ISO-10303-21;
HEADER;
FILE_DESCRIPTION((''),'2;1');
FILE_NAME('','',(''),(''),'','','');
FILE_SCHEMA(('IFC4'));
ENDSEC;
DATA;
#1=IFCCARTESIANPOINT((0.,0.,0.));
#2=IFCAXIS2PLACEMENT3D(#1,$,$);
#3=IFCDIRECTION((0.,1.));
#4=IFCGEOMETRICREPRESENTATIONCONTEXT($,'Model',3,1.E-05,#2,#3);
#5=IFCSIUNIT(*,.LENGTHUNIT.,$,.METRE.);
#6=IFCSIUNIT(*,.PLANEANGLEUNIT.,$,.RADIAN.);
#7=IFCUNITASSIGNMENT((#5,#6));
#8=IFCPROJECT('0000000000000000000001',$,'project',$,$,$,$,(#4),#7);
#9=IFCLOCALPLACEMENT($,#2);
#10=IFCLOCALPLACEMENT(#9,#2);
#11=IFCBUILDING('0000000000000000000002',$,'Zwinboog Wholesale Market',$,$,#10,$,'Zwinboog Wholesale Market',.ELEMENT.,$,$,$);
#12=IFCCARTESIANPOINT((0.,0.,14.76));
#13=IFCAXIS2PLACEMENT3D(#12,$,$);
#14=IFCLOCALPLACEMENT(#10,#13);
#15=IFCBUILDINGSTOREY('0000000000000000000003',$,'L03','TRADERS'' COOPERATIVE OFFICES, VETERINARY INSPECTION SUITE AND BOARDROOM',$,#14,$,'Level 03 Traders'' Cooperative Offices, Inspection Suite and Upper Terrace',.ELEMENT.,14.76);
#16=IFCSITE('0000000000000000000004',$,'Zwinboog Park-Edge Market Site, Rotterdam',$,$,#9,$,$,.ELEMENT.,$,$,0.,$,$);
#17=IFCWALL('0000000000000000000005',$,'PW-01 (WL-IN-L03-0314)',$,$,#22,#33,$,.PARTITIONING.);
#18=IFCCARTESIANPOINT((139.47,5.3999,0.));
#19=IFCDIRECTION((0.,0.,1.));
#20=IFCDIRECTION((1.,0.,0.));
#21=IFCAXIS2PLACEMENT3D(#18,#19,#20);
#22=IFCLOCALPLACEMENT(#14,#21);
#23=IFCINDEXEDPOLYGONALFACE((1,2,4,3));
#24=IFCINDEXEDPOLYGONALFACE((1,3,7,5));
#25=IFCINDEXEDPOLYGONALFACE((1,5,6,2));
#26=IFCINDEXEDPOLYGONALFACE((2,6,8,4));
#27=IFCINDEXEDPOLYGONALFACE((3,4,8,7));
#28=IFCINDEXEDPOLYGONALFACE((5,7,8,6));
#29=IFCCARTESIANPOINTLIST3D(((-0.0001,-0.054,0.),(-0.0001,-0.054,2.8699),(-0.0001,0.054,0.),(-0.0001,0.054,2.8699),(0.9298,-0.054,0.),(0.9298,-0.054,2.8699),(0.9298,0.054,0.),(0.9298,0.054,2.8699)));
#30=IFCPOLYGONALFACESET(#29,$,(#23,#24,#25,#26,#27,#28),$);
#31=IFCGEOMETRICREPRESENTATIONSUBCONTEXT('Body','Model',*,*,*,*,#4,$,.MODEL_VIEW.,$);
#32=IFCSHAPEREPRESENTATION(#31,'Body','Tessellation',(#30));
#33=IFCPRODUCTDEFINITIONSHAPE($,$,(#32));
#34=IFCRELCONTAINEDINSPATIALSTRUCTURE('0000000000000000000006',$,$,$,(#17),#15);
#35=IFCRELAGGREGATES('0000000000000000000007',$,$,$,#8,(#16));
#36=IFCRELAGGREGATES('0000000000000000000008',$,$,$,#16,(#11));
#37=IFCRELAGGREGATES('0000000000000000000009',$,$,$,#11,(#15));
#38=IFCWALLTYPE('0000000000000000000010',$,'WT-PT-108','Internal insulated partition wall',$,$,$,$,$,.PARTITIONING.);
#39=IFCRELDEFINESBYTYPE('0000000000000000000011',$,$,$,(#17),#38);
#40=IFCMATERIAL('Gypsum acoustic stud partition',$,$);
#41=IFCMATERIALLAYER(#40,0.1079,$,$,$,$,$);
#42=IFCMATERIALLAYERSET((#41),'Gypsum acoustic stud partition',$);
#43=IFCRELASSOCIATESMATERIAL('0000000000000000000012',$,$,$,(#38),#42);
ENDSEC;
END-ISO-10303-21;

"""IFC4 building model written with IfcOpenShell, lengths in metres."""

from ifc_helpers import new_model, si_unit, direction, frame, frame_2d, origin, place, context, subcontext, project, spatial, rectangle, extrude, material, layer, layer_set, type_object, element, save


model = new_model("IFC4")

# Units and contexts
model_context = context("Model", 3, precision=1e-05, world=origin(), true_north=direction((0.0, 1.0)))
body_context = subcontext(model_context, "Body", "Model", "MODEL_VIEW")
ifc_project = project(units=[si_unit("LENGTHUNIT", "METRE"), si_unit("PLANEANGLEUNIT", "RADIAN")], contexts=[model_context])

# Site, building, storey
site_placement = place(None, origin())
site = spatial("IfcSite", under=ifc_project, at=site_placement, Name="Zwinboog Park-Edge Market Site, Rotterdam", CompositionType="ELEMENT", RefElevation=0.0)
building_placement = place(site_placement, origin())
building = spatial("IfcBuilding", under=site, at=building_placement, Name="Zwinboog Wholesale Market", LongName="Zwinboog Wholesale Market", CompositionType="ELEMENT")
storey_placement = place(building_placement, frame((0.0, 0.0, 14.76)))
storey = spatial("IfcBuildingStorey", under=building, at=storey_placement, Name="L03", Description="TRADERS' COOPERATIVE OFFICES, VETERINARY INSPECTION SUITE AND BOARDROOM", LongName="Level 03 Traders' Cooperative Offices, Inspection Suite and Upper Terrace", CompositionType="ELEMENT", Elevation=14.76)

# Wall
ifc_material_1 = material(Name="Gypsum acoustic stud partition")
ifc_layer_1 = layer(ifc_material_1, 0.1079)
ifc_layer_set_1 = layer_set([ifc_layer_1], Name="Gypsum acoustic stud partition")
wall_type_1 = type_object("IfcWallType", Name="WT-PT-108", Description="Internal insulated partition wall", PredefinedType="PARTITIONING", material=ifc_layer_set_1)
wall_1_placement = place(storey_placement, frame((139.47, 5.3999, 0.0), z_axis=(0.0, 0.0, 1.0), x_axis=(1.0, 0.0, 0.0)))
element("IfcWall", 1, at=wall_1_placement, inside=storey, type_object=wall_type_1, Name="PW-01 (WL-IN-L03-0314)", PredefinedType="PARTITIONING", context=body_context, shape_type="SweptSolid", body=[
    extrude(rectangle(XDim=0.9299, YDim=0.1079, at=frame_2d((0.4648, 0.0))), origin(), (0.0, 0.0, 1.0), 2.8699),
])

save(model, "model.ifc")
